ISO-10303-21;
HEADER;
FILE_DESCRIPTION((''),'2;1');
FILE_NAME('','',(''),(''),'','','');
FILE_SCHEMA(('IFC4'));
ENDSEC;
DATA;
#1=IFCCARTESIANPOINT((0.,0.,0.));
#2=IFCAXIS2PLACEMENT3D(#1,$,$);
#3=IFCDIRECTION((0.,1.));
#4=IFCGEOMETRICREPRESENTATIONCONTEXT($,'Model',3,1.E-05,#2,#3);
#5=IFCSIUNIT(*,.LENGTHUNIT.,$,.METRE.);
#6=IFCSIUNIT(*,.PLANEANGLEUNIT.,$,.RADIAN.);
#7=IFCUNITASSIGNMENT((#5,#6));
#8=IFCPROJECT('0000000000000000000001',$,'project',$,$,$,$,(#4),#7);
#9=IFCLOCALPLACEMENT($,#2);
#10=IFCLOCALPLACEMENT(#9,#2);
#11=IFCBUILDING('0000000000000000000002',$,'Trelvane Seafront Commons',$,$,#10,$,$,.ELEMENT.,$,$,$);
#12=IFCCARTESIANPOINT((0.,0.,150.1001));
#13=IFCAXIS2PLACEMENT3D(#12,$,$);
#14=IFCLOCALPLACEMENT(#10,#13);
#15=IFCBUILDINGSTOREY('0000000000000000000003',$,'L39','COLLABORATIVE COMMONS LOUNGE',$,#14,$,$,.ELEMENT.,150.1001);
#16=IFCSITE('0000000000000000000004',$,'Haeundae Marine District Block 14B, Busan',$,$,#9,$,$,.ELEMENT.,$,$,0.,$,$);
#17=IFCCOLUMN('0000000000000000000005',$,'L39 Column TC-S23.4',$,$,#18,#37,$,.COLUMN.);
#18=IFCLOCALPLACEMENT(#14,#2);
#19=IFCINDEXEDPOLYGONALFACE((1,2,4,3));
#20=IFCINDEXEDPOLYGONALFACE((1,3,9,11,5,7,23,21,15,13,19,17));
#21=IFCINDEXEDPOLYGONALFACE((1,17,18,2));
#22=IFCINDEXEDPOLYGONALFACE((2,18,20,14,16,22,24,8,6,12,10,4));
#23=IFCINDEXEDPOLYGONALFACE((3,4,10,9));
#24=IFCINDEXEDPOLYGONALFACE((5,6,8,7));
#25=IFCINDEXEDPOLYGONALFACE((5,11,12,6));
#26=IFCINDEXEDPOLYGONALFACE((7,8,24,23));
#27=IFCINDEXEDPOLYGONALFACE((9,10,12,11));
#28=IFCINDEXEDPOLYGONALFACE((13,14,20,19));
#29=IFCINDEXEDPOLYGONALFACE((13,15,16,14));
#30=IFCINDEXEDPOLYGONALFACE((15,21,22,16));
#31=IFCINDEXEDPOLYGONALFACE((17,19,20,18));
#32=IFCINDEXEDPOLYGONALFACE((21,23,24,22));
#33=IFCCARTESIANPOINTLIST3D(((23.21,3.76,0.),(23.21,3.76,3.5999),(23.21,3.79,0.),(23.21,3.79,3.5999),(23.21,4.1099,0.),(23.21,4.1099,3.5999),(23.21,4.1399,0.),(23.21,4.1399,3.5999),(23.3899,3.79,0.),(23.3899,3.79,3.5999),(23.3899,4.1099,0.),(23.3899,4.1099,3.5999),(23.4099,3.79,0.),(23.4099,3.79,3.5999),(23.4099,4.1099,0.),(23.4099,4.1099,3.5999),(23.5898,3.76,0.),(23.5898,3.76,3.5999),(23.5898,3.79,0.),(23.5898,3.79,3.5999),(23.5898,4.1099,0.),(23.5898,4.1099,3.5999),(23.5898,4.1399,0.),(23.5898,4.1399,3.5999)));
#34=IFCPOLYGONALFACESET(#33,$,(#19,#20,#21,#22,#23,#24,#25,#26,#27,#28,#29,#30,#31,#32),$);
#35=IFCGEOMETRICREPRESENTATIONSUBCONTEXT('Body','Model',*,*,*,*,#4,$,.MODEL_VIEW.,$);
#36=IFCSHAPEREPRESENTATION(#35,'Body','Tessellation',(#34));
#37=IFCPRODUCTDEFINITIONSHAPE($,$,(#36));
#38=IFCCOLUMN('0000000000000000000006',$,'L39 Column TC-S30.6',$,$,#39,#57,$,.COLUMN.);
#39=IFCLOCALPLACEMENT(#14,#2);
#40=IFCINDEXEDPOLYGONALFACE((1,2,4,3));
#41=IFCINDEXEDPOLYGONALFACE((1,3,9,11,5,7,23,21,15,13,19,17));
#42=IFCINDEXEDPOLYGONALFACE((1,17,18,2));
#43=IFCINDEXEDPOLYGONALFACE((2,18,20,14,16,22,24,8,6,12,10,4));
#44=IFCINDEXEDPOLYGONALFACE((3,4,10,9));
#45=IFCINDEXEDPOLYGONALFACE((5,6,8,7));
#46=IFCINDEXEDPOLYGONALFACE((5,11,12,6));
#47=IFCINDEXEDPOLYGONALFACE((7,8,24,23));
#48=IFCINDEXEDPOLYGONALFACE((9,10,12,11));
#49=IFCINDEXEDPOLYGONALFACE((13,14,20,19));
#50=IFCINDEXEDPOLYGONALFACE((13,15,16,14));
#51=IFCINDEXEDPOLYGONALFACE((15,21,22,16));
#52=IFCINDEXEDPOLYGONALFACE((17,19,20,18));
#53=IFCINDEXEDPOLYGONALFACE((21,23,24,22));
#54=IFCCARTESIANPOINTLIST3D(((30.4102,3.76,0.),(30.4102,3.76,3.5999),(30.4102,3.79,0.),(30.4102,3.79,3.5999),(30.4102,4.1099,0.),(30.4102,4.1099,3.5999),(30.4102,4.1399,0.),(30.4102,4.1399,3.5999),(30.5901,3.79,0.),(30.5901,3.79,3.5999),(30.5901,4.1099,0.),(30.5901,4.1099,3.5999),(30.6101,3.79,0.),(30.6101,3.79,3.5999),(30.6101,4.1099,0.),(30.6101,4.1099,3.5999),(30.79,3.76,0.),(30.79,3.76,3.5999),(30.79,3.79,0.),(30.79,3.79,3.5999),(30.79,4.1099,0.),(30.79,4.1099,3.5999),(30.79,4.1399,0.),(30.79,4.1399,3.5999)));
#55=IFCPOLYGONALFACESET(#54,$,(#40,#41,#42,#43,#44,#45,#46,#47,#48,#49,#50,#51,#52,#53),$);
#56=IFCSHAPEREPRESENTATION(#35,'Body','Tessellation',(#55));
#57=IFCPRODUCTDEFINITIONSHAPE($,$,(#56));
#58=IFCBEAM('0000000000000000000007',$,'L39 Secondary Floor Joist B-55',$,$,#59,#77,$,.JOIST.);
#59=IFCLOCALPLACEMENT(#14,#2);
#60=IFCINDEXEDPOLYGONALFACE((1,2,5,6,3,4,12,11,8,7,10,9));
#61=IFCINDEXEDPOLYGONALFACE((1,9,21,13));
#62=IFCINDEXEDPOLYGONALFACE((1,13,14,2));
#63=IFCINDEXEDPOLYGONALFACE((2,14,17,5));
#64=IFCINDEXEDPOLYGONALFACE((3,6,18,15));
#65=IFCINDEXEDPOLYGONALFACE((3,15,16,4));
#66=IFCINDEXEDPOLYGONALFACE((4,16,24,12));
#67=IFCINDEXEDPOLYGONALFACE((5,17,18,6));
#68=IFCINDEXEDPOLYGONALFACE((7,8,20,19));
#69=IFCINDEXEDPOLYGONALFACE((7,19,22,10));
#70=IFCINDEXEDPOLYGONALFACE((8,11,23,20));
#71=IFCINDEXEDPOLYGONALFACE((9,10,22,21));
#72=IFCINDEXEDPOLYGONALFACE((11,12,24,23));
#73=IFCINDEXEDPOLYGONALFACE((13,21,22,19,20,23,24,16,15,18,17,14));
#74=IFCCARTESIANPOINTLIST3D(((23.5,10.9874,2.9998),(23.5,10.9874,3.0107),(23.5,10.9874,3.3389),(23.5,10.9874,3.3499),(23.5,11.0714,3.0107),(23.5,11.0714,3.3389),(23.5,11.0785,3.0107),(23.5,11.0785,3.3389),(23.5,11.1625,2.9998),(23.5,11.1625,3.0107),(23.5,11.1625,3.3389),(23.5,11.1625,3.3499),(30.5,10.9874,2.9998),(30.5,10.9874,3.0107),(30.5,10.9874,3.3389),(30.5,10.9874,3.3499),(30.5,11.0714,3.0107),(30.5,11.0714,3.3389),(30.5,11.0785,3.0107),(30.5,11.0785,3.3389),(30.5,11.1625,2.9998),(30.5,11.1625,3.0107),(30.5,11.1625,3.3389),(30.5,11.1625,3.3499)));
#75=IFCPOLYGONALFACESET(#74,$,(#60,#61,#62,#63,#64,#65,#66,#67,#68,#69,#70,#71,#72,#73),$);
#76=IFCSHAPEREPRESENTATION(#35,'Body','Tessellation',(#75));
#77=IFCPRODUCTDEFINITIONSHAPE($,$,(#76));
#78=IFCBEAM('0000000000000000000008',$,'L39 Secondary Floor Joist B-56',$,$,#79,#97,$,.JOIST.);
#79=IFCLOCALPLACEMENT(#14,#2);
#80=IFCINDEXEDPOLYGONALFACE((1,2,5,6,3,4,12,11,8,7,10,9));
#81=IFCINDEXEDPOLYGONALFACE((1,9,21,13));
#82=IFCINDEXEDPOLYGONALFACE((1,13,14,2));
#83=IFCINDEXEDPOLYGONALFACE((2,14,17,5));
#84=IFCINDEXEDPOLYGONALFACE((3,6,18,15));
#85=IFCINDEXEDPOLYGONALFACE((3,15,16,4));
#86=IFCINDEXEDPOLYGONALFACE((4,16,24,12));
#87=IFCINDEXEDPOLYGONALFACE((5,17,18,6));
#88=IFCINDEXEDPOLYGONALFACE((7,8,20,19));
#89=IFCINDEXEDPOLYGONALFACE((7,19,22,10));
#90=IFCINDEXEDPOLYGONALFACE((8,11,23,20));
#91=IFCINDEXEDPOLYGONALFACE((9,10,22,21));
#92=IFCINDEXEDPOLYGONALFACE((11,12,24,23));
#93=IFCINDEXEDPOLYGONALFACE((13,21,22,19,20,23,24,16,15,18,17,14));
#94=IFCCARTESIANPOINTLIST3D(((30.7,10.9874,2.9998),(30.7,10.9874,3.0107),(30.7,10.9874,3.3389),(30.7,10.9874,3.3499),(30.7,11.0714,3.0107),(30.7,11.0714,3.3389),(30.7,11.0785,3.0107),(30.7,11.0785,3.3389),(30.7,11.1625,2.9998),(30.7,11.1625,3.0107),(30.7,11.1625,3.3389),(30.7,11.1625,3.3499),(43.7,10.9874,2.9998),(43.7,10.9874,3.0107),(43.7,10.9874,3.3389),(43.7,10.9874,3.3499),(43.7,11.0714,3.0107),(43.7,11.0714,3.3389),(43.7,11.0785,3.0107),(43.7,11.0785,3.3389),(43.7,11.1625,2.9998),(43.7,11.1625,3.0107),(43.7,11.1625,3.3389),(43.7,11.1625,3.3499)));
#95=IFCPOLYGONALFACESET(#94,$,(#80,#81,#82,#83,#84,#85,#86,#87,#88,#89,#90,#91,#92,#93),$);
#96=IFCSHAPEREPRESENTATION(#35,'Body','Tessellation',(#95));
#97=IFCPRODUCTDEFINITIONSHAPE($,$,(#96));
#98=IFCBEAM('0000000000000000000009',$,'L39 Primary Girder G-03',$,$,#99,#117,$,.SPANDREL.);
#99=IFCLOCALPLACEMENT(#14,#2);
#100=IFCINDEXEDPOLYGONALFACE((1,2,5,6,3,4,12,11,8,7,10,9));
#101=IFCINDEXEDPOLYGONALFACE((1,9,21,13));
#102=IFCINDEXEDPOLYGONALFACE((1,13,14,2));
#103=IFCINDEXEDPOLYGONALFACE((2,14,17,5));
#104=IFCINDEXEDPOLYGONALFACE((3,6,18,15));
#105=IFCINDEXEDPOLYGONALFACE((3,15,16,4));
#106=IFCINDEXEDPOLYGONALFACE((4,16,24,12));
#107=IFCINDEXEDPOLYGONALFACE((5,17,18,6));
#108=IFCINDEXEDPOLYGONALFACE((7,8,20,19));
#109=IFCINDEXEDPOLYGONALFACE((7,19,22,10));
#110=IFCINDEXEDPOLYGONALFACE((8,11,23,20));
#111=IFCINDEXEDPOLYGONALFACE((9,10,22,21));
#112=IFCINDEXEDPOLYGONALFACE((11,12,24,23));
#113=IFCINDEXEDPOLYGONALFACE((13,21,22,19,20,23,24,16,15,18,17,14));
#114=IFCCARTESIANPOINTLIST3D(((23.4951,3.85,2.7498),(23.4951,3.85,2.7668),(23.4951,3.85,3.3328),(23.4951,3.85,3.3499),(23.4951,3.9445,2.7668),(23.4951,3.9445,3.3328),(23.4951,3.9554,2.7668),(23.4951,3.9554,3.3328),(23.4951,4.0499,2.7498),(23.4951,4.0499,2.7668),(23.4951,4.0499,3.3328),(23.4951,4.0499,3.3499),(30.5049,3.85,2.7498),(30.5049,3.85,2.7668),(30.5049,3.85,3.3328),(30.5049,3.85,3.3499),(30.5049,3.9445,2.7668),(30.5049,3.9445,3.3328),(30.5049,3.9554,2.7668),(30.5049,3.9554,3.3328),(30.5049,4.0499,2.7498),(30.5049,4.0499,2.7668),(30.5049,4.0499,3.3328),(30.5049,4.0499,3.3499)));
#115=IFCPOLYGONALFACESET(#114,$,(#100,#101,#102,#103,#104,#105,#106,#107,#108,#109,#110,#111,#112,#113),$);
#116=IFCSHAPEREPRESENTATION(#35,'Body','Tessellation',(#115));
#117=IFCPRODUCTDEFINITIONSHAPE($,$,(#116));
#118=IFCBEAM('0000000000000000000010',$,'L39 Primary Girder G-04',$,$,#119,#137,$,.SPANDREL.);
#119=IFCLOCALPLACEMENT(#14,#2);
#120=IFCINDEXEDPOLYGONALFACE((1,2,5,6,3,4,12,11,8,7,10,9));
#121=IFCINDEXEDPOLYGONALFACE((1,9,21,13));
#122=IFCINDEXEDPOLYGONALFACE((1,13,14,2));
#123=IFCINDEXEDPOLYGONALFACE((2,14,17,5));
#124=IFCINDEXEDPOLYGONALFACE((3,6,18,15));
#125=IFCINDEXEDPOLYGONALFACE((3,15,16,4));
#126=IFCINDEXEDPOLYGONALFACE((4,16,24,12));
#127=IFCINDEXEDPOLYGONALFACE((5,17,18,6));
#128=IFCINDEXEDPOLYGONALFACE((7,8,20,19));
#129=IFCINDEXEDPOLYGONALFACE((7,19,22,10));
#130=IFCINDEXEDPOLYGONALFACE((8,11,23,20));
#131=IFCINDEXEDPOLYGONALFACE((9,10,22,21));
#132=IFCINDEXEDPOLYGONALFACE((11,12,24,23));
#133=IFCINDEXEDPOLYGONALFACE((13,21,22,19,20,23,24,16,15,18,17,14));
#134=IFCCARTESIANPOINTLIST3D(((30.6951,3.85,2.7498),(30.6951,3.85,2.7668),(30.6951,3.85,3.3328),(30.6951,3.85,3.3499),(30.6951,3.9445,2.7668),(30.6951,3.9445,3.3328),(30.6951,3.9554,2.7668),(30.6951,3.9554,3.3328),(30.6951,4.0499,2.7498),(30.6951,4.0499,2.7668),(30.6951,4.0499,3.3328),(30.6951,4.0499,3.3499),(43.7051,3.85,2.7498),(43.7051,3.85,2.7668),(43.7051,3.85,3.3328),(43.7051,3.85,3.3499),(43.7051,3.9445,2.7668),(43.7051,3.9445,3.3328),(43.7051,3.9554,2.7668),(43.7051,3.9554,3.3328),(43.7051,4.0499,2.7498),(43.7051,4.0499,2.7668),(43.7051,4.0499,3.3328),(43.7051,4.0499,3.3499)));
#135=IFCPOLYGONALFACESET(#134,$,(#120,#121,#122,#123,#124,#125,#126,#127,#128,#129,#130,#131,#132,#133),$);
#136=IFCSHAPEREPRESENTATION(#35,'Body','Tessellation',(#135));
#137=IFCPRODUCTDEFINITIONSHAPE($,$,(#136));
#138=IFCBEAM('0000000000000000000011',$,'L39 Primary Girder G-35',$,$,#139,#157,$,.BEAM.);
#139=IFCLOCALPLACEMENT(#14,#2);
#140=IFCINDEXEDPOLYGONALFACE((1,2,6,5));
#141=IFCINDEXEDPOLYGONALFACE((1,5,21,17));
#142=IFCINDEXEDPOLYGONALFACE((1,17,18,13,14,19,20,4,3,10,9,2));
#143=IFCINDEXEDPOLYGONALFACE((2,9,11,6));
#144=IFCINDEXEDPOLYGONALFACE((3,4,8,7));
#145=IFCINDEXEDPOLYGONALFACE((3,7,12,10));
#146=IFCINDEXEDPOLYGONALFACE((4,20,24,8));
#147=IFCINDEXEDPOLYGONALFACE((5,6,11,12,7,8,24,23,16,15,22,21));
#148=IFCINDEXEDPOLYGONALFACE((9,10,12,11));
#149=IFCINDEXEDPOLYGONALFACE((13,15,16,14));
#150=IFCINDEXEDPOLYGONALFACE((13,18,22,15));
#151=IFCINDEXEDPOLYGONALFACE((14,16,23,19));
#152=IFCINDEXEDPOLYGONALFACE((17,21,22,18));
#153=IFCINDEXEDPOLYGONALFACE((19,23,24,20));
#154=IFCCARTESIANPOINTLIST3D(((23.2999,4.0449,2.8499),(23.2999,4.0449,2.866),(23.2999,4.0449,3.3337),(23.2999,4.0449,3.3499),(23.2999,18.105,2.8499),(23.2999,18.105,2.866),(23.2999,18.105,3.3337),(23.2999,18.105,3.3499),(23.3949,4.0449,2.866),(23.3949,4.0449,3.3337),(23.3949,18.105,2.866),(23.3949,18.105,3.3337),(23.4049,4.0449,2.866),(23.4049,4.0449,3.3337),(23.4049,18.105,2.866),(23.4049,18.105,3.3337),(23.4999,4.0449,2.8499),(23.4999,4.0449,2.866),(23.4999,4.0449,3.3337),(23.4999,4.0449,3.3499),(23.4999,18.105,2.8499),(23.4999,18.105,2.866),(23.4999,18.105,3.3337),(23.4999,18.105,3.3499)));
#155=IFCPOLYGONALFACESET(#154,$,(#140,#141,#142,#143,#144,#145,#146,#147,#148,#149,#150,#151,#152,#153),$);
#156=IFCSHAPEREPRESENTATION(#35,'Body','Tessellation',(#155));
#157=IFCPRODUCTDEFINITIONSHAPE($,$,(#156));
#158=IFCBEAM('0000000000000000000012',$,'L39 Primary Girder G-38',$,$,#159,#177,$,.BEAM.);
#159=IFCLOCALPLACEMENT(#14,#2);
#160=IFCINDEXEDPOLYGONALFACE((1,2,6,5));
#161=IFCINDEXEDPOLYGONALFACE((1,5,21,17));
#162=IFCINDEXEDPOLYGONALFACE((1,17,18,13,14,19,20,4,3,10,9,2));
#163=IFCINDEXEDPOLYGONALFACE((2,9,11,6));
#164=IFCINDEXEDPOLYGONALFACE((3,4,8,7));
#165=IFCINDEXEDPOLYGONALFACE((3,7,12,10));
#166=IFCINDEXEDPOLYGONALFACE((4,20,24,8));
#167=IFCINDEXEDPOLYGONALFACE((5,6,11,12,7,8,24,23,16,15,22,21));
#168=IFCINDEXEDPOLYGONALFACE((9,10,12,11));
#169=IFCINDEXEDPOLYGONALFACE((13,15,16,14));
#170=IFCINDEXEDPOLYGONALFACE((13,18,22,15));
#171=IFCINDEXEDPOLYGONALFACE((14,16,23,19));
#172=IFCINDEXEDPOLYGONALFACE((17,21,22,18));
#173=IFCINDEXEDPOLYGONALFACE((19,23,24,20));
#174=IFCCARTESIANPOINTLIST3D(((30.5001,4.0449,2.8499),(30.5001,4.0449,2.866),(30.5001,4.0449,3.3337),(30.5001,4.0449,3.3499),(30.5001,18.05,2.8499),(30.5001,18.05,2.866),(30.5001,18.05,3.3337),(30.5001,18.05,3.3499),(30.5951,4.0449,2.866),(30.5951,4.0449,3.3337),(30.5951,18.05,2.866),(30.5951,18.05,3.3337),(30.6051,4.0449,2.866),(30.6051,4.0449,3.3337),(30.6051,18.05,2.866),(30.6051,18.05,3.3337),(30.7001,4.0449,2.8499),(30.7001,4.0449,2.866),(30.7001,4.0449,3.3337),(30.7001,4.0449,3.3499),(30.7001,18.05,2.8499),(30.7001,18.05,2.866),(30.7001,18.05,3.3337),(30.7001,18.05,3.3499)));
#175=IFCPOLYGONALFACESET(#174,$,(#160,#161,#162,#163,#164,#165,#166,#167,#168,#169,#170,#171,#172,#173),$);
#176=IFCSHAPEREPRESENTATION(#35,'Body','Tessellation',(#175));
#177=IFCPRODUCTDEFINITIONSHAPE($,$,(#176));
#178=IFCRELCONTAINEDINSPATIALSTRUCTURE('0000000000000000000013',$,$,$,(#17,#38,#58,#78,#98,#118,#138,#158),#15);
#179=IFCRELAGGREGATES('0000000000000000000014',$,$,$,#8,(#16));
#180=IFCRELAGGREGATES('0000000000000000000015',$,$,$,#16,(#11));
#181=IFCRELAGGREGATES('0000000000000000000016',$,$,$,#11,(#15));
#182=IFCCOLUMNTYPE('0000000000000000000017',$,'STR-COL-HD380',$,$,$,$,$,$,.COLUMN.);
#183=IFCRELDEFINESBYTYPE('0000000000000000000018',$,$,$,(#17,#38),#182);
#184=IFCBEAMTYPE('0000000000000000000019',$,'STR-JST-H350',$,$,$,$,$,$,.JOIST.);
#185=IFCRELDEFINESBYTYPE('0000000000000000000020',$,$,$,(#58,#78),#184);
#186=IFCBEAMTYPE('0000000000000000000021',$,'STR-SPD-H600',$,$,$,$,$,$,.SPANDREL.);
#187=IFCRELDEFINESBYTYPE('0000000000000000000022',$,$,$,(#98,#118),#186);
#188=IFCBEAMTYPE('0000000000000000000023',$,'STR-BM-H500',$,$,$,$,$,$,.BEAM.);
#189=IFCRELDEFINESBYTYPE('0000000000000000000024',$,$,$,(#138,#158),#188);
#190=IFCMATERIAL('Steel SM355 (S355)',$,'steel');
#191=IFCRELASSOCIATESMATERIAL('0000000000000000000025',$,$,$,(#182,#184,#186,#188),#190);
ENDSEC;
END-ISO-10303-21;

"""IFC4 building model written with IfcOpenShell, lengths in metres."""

from ifc_helpers import new_model, si_unit, direction, frame, origin, origin_2d, place, context, subcontext, project, spatial, i_section, extrude, source, transform, mapped, material, material_profile, profile_set, type_object, element, save


model = new_model("IFC4")

# Units and contexts
model_context = context("Model", 3, precision=1e-05, world=origin(), true_north=direction((0.0, 1.0)))
body_context = subcontext(model_context, "Body", "Model", "MODEL_VIEW")
ifc_project = project(units=[si_unit("LENGTHUNIT", "METRE"), si_unit("PLANEANGLEUNIT", "RADIAN")], contexts=[model_context])

# Site, building, storey
site_placement = place(None, origin())
site = spatial("IfcSite", under=ifc_project, at=site_placement, Name="Haeundae Marine District Block 14B, Busan", CompositionType="ELEMENT", RefElevation=0.0)
building_placement = place(site_placement, origin())
building = spatial("IfcBuilding", under=site, at=building_placement, Name="Trelvane Seafront Commons", CompositionType="ELEMENT")
storey_placement = place(building_placement, frame((0.0, 0.0, 150.1001)))
storey = spatial("IfcBuildingStorey", under=building, at=storey_placement, Name="L39", Description="COLLABORATIVE COMMONS LOUNGE", CompositionType="ELEMENT", Elevation=150.1001)

# Columns
ifc_material_1 = material(Name="Steel SM355 (S355)", Category="steel")
ifc_material_profile_1 = material_profile(ifc_material_1, i_section(OverallWidth=0.3799, OverallDepth=0.3799, WebThickness=0.02, FlangeThickness=0.03, at=origin_2d()), Name="HD-380x380x20x30")
ifc_profile_set_1 = profile_set([ifc_material_profile_1], Name="Steel SM355 (S355)")
column_type = type_object("IfcColumnType", Name="STR-COL-HD380", PredefinedType="COLUMN", material=ifc_profile_set_1)
shared_shape_1 = source(origin(), body_context, "Body", "SweptSolid", [
    extrude(i_section(OverallWidth=0.3799, OverallDepth=0.3799, WebThickness=0.02, FlangeThickness=0.03, at=origin_2d()), origin(), (0.0, 0.0, 1.0), 3.5999),
])
for number, where, z_axis, x_axis, name in (
    (1, (23.3999, 3.95, 0.0), (0.0, 0.0, 1.0), (1.0, 0.0, 0.0), "L39 Column TC-S23.4"),
    (2, (30.6001, 3.95, 0.0), (0.0, 0.0, 1.0), (1.0, 0.0, 0.0), "L39 Column TC-S30.6"),
):
    element("IfcColumn", number, at=place(storey_placement, frame(where, z_axis=z_axis, x_axis=x_axis)), inside=storey, type_object=column_type, Name=name, PredefinedType="COLUMN", context=body_context, shape_type="MappedRepresentation", body=[
        mapped(shared_shape_1, transform((0.0, 0.0, 0.0), x_axis=(1.0, 0.0, 0.0), y_axis=(0.0, 1.0, 0.0), z_axis=(0.0, 0.0, 1.0), scale=1.0)),
    ])

# Beams
ifc_material_profile_2 = material_profile(ifc_material_1, i_section(OverallWidth=0.175, OverallDepth=0.3501, WebThickness=0.0071, FlangeThickness=0.011, at=origin_2d()), Name="H-350x175x7x11")
ifc_profile_set_2 = profile_set([ifc_material_profile_2], Name="Steel SM355 (S355)")
beam_type_1 = type_object("IfcBeamType", Name="STR-JST-H350", PredefinedType="JOIST", material=ifc_profile_set_2)
shared_shape_2 = source(origin(), body_context, "Body", "SweptSolid", [
    extrude(i_section(OverallWidth=0.175, OverallDepth=0.3501, WebThickness=0.0071, FlangeThickness=0.011, at=origin_2d()), origin(), (0.0, 0.0, 1.0), 7.0),
])
beam_1_placement = place(storey_placement, frame((23.5, 11.075, 3.1748), z_axis=(1.0, 0.0, 0.0), x_axis=(0.0, 1.0, 0.0)))
element("IfcBeam", 3, at=beam_1_placement, inside=storey, type_object=beam_type_1, Name="L39 Secondary Floor Joist B-55", PredefinedType="JOIST", context=body_context, shape_type="MappedRepresentation", body=[
    mapped(shared_shape_2, transform((0.0, 0.0, 0.0), x_axis=(1.0, 0.0, 0.0), y_axis=(0.0, 1.0, 0.0), z_axis=(0.0, 0.0, 1.0), scale=1.0)),
])
shared_shape_3 = source(origin(), body_context, "Body", "SweptSolid", [
    extrude(i_section(OverallWidth=0.175, OverallDepth=0.3501, WebThickness=0.0071, FlangeThickness=0.011, at=origin_2d()), origin(), (0.0, 0.0, 1.0), 13.0),
])
beam_2_placement = place(storey_placement, frame((30.7, 11.075, 3.1748), z_axis=(1.0, 0.0, 0.0), x_axis=(0.0, 1.0, 0.0)))
element("IfcBeam", 4, at=beam_2_placement, inside=storey, type_object=beam_type_1, Name="L39 Secondary Floor Joist B-56", PredefinedType="JOIST", context=body_context, shape_type="MappedRepresentation", body=[
    mapped(shared_shape_3, transform((0.0, 0.0, 0.0), x_axis=(1.0, 0.0, 0.0), y_axis=(0.0, 1.0, 0.0), z_axis=(0.0, 0.0, 1.0), scale=1.0)),
])
ifc_material_profile_3 = material_profile(ifc_material_1, i_section(OverallWidth=0.2, OverallDepth=0.6001, WebThickness=0.011, FlangeThickness=0.0171, at=origin_2d()), Name="H-600x200x11x17")
ifc_profile_set_3 = profile_set([ifc_material_profile_3], Name="Steel SM355 (S355)")
beam_type_2 = type_object("IfcBeamType", Name="STR-SPD-H600", PredefinedType="SPANDREL", material=ifc_profile_set_3)
shared_shape_4 = source(origin(), body_context, "Body", "SweptSolid", [
    extrude(i_section(OverallWidth=0.2, OverallDepth=0.6001, WebThickness=0.011, FlangeThickness=0.0171, at=origin_2d()), origin(), (0.0, 0.0, 1.0), 7.0098),
])
beam_3_placement = place(storey_placement, frame((23.4951, 3.95, 3.0498), z_axis=(1.0, 0.0, 0.0), x_axis=(0.0, 1.0, 0.0)))
element("IfcBeam", 5, at=beam_3_placement, inside=storey, type_object=beam_type_2, Name="L39 Primary Girder G-03", PredefinedType="SPANDREL", context=body_context, shape_type="MappedRepresentation", body=[
    mapped(shared_shape_4, transform((0.0, 0.0, 0.0), x_axis=(1.0, 0.0, 0.0), y_axis=(0.0, 1.0, 0.0), z_axis=(0.0, 0.0, 1.0), scale=1.0)),
])
shared_shape_5 = source(origin(), body_context, "Body", "SweptSolid", [
    extrude(i_section(OverallWidth=0.2, OverallDepth=0.6001, WebThickness=0.011, FlangeThickness=0.0171, at=origin_2d()), origin(), (0.0, 0.0, 1.0), 13.01),
])
beam_4_placement = place(storey_placement, frame((30.6951, 3.95, 3.0498), z_axis=(1.0, 0.0, 0.0), x_axis=(0.0, 1.0, 0.0)))
element("IfcBeam", 6, at=beam_4_placement, inside=storey, type_object=beam_type_2, Name="L39 Primary Girder G-04", PredefinedType="SPANDREL", context=body_context, shape_type="MappedRepresentation", body=[
    mapped(shared_shape_5, transform((0.0, 0.0, 0.0), x_axis=(1.0, 0.0, 0.0), y_axis=(0.0, 1.0, 0.0), z_axis=(0.0, 0.0, 1.0), scale=1.0)),
])
ifc_material_profile_4 = material_profile(ifc_material_1, i_section(OverallWidth=0.2, OverallDepth=0.5, WebThickness=0.01, FlangeThickness=0.0161, at=origin_2d()), Name="H-500x200x10x16")
ifc_profile_set_4 = profile_set([ifc_material_profile_4], Name="Steel SM355 (S355)")
beam_type_3 = type_object("IfcBeamType", Name="STR-BM-H500", PredefinedType="BEAM", material=ifc_profile_set_4)
shared_shape_6 = source(origin(), body_context, "Body", "SweptSolid", [
    extrude(i_section(OverallWidth=0.2, OverallDepth=0.5, WebThickness=0.01, FlangeThickness=0.0161, at=origin_2d()), origin(), (0.0, 0.0, 1.0), 14.0601),
])
beam_5_placement = place(storey_placement, frame((23.3999, 4.0449, 3.0999), z_axis=(0.0, 1.0, 0.0), x_axis=(-1.0, 0.0, 0.0)))
element("IfcBeam", 7, at=beam_5_placement, inside=storey, type_object=beam_type_3, Name="L39 Primary Girder G-35", PredefinedType="BEAM", context=body_context, shape_type="MappedRepresentation", body=[
    mapped(shared_shape_6, transform((0.0, 0.0, 0.0), x_axis=(1.0, 0.0, 0.0), y_axis=(0.0, 1.0, 0.0), z_axis=(0.0, 0.0, 1.0), scale=1.0)),
])
shared_shape_7 = source(origin(), body_context, "Body", "SweptSolid", [
    extrude(i_section(OverallWidth=0.2, OverallDepth=0.5, WebThickness=0.01, FlangeThickness=0.0161, at=origin_2d()), origin(), (0.0, 0.0, 1.0), 14.0051),
])
beam_6_placement = place(storey_placement, frame((30.6001, 4.0449, 3.0999), z_axis=(0.0, 1.0, 0.0), x_axis=(-1.0, 0.0, 0.0)))
element("IfcBeam", 8, at=beam_6_placement, inside=storey, type_object=beam_type_3, Name="L39 Primary Girder G-38", PredefinedType="BEAM", context=body_context, shape_type="MappedRepresentation", body=[
    mapped(shared_shape_7, transform((0.0, 0.0, 0.0), x_axis=(1.0, 0.0, 0.0), y_axis=(0.0, 1.0, 0.0), z_axis=(0.0, 0.0, 1.0), scale=1.0)),
])

save(model, "model.ifc")
